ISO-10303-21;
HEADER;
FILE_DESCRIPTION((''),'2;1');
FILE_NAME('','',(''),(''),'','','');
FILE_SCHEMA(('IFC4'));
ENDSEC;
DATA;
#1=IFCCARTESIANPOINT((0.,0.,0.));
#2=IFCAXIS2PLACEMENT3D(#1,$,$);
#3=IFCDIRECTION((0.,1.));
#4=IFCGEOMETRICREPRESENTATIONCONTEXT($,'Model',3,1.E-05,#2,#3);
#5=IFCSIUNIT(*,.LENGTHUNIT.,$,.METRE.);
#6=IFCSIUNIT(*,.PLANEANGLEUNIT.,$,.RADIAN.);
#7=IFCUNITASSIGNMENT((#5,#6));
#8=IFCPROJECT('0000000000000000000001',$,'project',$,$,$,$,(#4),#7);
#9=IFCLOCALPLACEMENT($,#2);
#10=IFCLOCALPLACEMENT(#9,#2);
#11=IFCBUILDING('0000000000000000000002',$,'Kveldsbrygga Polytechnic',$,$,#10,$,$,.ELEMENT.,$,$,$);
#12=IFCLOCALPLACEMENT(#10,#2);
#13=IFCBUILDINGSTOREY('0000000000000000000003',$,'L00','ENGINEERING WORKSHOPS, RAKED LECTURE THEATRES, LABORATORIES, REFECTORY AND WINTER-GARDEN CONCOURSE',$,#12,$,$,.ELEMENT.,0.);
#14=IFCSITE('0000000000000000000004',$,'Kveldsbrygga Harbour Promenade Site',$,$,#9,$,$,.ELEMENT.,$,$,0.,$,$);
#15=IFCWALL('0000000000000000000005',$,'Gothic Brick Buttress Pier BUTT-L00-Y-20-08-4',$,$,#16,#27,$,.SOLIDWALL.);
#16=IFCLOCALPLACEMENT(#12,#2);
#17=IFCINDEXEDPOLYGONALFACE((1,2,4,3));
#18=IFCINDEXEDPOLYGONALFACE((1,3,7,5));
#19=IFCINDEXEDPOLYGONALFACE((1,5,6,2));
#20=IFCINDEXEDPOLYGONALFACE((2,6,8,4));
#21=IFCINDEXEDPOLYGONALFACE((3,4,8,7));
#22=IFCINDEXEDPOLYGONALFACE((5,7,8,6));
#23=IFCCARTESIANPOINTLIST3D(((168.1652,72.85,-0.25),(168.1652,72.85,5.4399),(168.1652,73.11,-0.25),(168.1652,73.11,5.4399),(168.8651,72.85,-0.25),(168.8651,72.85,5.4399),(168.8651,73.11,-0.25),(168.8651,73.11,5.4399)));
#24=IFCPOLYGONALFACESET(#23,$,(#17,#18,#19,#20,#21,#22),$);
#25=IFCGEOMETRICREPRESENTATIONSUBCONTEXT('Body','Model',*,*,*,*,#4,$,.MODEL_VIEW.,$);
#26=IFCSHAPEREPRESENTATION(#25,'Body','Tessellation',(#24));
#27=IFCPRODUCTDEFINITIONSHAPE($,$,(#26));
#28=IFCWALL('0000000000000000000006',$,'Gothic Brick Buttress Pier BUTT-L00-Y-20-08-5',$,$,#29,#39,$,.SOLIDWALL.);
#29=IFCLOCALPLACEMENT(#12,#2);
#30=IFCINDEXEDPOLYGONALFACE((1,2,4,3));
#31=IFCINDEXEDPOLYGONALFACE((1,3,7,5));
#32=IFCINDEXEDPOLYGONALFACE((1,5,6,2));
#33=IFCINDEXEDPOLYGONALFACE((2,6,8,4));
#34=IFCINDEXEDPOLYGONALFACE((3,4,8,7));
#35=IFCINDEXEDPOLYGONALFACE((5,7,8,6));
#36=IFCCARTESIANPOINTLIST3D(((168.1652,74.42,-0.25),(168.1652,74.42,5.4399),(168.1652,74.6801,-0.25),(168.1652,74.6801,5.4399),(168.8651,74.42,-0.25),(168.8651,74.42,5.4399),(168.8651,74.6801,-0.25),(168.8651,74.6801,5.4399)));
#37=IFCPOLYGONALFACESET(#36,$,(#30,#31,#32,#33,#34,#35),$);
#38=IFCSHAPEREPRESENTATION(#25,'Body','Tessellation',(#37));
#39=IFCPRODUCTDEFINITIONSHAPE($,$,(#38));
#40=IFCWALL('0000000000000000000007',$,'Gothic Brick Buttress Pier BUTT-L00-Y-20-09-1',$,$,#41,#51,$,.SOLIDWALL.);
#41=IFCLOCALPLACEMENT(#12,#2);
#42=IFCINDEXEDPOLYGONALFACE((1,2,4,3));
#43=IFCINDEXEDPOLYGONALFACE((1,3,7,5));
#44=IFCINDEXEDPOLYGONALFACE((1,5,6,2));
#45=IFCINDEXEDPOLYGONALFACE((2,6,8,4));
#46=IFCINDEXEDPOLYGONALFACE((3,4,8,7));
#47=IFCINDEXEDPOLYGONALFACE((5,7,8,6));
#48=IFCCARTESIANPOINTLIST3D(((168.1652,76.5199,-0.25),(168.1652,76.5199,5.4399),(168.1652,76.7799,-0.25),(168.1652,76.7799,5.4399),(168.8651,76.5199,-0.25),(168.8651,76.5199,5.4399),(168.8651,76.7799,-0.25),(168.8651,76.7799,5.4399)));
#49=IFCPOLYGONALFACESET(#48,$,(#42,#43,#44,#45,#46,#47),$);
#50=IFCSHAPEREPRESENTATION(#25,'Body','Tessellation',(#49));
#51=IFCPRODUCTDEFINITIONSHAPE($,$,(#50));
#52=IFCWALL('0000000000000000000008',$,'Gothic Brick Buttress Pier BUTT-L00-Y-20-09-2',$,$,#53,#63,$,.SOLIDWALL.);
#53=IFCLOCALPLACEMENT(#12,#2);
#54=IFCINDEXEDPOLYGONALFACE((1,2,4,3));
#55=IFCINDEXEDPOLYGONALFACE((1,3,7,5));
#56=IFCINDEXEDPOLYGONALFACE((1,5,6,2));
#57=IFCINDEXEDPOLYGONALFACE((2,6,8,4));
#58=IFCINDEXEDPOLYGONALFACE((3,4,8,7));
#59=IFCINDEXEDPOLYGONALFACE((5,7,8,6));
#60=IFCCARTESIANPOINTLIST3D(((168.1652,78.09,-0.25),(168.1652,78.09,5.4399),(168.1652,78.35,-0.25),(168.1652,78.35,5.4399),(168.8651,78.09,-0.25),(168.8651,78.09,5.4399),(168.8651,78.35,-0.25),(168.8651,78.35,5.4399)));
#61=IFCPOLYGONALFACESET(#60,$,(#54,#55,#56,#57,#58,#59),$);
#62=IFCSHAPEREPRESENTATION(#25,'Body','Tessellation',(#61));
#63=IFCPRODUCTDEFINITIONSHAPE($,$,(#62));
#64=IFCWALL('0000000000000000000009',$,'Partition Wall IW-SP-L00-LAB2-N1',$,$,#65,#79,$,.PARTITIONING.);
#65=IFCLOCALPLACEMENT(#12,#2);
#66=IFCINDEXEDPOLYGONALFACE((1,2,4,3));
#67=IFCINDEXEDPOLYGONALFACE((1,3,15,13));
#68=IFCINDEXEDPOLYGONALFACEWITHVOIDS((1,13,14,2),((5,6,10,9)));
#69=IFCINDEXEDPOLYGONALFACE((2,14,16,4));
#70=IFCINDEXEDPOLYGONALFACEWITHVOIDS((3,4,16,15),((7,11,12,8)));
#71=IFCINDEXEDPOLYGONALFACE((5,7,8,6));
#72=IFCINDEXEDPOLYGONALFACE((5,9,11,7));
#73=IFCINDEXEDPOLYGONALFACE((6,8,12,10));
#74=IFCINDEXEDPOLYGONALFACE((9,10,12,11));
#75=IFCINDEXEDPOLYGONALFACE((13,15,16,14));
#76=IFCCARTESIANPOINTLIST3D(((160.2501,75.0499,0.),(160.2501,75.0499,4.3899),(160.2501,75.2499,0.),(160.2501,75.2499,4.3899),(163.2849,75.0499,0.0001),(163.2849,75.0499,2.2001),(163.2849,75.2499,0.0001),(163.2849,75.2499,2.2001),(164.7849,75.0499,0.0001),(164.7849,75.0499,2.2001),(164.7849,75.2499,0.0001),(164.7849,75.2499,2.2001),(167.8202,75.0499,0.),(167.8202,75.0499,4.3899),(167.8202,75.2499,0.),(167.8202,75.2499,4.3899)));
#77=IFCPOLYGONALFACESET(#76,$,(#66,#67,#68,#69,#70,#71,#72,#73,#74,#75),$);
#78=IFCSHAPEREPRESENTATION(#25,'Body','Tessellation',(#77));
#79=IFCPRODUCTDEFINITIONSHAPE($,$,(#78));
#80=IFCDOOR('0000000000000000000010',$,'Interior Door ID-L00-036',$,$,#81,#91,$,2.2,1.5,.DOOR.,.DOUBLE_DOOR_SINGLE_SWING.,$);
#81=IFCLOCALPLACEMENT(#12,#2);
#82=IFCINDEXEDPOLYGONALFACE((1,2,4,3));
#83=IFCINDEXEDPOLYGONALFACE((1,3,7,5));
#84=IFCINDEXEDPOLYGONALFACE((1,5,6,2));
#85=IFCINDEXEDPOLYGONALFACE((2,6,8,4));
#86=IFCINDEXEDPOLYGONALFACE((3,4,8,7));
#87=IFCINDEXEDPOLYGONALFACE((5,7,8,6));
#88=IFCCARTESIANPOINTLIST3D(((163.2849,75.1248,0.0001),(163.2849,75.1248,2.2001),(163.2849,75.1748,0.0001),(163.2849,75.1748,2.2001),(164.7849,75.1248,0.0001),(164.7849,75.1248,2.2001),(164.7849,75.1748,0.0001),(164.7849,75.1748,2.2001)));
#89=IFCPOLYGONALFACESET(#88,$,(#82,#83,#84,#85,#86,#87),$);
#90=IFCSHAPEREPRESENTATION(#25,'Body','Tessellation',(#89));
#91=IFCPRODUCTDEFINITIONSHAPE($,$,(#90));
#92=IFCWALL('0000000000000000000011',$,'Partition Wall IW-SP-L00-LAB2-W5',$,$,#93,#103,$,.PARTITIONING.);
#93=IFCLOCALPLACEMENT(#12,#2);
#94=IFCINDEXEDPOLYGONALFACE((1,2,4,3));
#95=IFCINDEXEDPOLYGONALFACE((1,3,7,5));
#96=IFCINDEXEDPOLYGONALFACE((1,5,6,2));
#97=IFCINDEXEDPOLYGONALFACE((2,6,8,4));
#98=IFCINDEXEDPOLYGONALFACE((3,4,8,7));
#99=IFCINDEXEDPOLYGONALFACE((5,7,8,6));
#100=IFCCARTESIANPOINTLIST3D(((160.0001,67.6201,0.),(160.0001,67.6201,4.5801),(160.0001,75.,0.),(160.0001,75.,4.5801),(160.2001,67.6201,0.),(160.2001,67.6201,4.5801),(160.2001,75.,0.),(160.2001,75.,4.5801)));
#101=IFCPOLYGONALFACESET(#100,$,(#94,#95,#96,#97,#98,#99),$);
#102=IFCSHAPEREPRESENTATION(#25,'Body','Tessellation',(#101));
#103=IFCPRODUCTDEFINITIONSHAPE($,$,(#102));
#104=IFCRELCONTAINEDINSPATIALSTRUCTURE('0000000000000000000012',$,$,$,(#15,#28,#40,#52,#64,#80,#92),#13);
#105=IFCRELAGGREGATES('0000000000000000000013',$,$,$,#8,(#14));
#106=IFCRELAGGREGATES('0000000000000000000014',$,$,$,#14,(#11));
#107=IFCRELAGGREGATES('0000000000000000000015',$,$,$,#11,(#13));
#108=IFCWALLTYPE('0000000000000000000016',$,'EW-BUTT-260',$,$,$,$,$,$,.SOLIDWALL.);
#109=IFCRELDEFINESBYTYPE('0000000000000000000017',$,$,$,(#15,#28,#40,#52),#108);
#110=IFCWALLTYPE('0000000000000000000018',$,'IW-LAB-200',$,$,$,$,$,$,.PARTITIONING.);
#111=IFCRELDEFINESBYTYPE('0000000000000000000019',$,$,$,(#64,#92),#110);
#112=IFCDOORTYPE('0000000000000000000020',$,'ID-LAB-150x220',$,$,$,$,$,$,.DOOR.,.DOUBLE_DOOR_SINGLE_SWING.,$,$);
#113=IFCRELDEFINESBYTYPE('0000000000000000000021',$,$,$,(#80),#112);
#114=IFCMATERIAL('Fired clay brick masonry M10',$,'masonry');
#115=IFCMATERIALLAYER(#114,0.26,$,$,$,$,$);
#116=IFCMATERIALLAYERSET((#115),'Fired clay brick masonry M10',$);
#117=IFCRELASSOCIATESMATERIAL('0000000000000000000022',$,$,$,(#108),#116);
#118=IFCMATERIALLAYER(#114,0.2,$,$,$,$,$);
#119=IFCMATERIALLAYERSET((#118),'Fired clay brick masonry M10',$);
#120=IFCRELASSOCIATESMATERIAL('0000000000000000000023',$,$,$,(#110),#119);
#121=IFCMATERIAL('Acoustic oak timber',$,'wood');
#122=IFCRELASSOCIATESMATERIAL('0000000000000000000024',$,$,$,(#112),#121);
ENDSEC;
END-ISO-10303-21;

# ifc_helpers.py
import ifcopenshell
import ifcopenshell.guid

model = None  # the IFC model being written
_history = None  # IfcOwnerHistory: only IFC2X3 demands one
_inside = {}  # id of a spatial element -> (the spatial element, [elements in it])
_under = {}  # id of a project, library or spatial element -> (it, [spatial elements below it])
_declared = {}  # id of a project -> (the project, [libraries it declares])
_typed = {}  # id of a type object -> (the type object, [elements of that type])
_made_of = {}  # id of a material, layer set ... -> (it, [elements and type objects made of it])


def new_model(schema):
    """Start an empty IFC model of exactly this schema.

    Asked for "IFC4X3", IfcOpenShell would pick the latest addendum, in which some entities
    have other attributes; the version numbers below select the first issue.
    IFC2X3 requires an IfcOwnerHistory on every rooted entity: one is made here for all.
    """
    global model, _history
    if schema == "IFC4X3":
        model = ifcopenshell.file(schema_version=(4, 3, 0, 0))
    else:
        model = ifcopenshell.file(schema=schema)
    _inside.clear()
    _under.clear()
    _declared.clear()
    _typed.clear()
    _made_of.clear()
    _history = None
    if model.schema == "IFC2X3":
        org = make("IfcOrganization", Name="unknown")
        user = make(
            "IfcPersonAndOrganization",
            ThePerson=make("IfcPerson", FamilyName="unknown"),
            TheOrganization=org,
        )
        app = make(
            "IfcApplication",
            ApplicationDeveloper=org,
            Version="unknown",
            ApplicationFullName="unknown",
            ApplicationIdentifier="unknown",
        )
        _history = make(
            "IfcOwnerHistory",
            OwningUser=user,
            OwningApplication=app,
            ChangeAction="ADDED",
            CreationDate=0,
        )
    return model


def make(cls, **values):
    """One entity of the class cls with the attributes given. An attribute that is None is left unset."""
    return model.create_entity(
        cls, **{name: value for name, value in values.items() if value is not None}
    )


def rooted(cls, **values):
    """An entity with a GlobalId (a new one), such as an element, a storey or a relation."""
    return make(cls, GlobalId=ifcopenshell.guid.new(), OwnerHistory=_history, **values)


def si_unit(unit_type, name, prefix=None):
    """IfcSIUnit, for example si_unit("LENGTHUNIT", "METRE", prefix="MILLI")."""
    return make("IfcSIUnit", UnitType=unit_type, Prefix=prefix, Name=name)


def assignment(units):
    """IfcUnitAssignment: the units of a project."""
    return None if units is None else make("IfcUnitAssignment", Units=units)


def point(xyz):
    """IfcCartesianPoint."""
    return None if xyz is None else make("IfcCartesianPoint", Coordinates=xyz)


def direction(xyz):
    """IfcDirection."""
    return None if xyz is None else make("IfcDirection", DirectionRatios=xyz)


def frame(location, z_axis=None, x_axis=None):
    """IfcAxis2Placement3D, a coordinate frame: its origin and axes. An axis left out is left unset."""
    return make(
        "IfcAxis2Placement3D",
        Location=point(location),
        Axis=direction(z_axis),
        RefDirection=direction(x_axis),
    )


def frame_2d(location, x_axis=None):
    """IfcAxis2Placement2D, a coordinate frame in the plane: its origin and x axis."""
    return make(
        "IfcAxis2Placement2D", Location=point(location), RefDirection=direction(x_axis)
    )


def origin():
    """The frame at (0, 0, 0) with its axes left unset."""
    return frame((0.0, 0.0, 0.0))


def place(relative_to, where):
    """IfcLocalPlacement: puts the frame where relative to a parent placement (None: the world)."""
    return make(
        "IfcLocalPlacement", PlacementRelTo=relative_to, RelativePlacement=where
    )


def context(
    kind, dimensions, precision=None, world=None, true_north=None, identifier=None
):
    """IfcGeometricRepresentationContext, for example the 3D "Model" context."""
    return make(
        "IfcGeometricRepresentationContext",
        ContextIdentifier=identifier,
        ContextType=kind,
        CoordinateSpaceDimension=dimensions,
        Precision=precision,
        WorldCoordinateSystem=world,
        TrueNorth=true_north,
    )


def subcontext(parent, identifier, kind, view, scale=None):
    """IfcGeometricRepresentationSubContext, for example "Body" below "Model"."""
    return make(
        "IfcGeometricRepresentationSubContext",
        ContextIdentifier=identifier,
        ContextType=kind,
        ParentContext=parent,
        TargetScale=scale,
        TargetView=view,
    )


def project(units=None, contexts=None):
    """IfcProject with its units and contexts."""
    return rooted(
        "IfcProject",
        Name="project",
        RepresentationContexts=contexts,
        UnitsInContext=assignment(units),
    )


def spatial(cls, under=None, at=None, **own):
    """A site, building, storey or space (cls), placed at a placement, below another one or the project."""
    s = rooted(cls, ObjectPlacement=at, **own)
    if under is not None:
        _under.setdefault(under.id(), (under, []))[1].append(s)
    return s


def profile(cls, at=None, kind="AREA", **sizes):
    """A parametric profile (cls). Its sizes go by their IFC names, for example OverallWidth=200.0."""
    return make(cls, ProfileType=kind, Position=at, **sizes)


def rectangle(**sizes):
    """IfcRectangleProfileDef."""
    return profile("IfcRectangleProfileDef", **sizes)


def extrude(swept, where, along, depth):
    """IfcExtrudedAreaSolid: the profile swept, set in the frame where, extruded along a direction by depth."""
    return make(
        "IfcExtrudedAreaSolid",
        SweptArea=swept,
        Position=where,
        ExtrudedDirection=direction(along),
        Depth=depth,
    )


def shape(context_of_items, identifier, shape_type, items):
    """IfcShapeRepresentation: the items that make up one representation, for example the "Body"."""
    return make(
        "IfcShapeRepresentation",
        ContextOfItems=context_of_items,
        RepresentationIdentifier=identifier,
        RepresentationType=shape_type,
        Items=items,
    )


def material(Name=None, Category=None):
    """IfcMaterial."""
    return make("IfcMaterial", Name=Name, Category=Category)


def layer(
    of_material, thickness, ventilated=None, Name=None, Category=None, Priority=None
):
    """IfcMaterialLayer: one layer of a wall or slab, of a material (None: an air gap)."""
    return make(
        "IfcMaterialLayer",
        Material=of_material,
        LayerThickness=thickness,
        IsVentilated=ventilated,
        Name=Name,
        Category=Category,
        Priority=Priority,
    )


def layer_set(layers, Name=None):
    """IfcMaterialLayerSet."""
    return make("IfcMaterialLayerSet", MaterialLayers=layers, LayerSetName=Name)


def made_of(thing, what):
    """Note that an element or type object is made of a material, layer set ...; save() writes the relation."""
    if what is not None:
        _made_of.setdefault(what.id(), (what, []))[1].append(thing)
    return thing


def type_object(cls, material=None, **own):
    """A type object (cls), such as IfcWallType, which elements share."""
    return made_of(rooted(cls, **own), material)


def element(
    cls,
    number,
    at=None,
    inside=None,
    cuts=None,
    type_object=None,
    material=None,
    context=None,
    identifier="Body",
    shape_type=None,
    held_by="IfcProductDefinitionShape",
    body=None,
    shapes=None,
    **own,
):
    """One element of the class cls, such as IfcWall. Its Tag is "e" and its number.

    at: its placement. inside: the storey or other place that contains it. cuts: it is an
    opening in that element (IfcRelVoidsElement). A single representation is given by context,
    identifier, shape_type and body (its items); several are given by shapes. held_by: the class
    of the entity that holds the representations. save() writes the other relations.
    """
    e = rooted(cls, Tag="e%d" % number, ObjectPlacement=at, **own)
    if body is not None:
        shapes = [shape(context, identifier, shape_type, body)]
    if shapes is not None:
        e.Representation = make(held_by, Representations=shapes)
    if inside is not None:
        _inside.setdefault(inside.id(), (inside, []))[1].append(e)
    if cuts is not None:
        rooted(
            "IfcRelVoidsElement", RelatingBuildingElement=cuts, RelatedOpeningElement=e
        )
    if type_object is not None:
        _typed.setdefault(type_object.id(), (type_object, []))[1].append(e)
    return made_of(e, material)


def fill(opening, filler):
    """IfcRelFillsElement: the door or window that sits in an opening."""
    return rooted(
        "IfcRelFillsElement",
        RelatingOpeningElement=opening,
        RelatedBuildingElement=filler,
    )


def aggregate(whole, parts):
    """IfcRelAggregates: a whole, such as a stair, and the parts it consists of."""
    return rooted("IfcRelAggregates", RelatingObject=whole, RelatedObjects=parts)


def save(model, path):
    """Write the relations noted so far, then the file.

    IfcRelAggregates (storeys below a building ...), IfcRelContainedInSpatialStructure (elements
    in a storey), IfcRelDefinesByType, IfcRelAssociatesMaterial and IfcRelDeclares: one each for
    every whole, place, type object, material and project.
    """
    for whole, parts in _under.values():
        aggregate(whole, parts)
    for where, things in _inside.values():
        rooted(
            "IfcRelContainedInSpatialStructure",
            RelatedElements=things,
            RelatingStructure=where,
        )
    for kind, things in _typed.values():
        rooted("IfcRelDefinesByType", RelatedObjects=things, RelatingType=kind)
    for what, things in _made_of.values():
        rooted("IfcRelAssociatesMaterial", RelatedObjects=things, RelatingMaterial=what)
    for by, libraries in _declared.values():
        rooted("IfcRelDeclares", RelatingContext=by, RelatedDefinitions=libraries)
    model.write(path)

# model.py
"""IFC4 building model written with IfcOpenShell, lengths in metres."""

from ifc_helpers import new_model, si_unit, direction, frame, frame_2d, origin, place, context, subcontext, project, spatial, rectangle, extrude, material, layer, layer_set, type_object, element, fill, save


model = new_model("IFC4")

# Units and contexts
model_context = context("Model", 3, precision=1e-05, world=origin(), true_north=direction((0.0, 1.0)))
body_context = subcontext(model_context, "Body", "Model", "MODEL_VIEW")
ifc_project = project(units=[si_unit("LENGTHUNIT", "METRE"), si_unit("PLANEANGLEUNIT", "RADIAN")], contexts=[model_context])

# Site, building, storey
site_placement = place(None, origin())
site = spatial("IfcSite", under=ifc_project, at=site_placement, Name="Kveldsbrygga Harbour Promenade Site", CompositionType="ELEMENT", RefElevation=0.0)
building_placement = place(site_placement, origin())
building = spatial("IfcBuilding", under=site, at=building_placement, Name="Kveldsbrygga Polytechnic", CompositionType="ELEMENT")
storey_placement = place(building_placement, origin())
storey = spatial("IfcBuildingStorey", under=building, at=storey_placement, Name="L00", Description="ENGINEERING WORKSHOPS, RAKED LECTURE THEATRES, LABORATORIES, REFECTORY AND WINTER-GARDEN CONCOURSE", CompositionType="ELEMENT", Elevation=0.0)

# Shared definitions
ifc_material_1 = material(Name="Fired clay brick masonry M10", Category="masonry")

# Walls
ifc_layer_1 = layer(ifc_material_1, 0.26)
ifc_layer_set_1 = layer_set([ifc_layer_1], Name="Fired clay brick masonry M10")
wall_type_1 = type_object("IfcWallType", Name="EW-BUTT-260", PredefinedType="SOLIDWALL", material=ifc_layer_set_1)
for number, where, z_axis, x_axis, name in (
    (1, (168.165, 72.98, -0.25), (0.0, 0.0, 1.0), (1.0, 0.0, 0.0), "Gothic Brick Buttress Pier BUTT-L00-Y-20-08-4"),
    (2, (168.165, 74.55, -0.25), (0.0, 0.0, 1.0), (1.0, 0.0, 0.0), "Gothic Brick Buttress Pier BUTT-L00-Y-20-08-5"),
    (3, (168.165, 76.6499, -0.25), (0.0, 0.0, 1.0), (1.0, 0.0, 0.0), "Gothic Brick Buttress Pier BUTT-L00-Y-20-09-1"),
    (4, (168.165, 78.22, -0.25), (0.0, 0.0, 1.0), (1.0, 0.0, 0.0), "Gothic Brick Buttress Pier BUTT-L00-Y-20-09-2"),
):
    element("IfcWall", number, at=place(storey_placement, frame(where, z_axis=z_axis, x_axis=x_axis)), inside=storey, type_object=wall_type_1, Name=name, PredefinedType="SOLIDWALL", context=body_context, shape_type="SweptSolid", body=[
        extrude(rectangle(XDim=0.7, YDim=0.26, at=frame_2d((0.3501, 0.0))), origin(), (0.0, 0.0, 1.0), 5.6899),
    ])

# Wall, opening, door
ifc_layer_2 = layer(ifc_material_1, 0.2)
ifc_layer_set_2 = layer_set([ifc_layer_2], Name="Fired clay brick masonry M10")
wall_type_2 = type_object("IfcWallType", Name="IW-LAB-200", PredefinedType="PARTITIONING", material=ifc_layer_set_2)
wall_1_placement = place(storey_placement, frame((160.25, 75.1499, 0.0), z_axis=(0.0, 0.0, 1.0), x_axis=(1.0, 0.0, 0.0)))
wall_1 = element("IfcWall", 5, at=wall_1_placement, inside=storey, type_object=wall_type_2, Name="Partition Wall IW-SP-L00-LAB2-N1", PredefinedType="PARTITIONING", context=body_context, shape_type="SweptSolid", body=[
    extrude(rectangle(XDim=7.5701, YDim=0.2, at=frame_2d((3.7852, 0.0))), origin(), (0.0, 0.0, 1.0), 4.3899),
])
opening_1_placement = place(wall_1_placement, frame((3.0349, 0.0, 0.0)))
opening_1 = element("IfcOpeningElement", 6, at=opening_1_placement, cuts=wall_1, PredefinedType="OPENING", context=body_context, shape_type="SweptSolid", body=[
    extrude(rectangle(XDim=1.5, YDim=2.2, at=frame_2d((0.75, 1.1001))), frame((0.0, 0.1099, 0.0), z_axis=(0.0, -1.0, 0.0), x_axis=(1.0, 0.0, 0.0)), (0.0, 0.0, 1.0), 0.22),
])
ifc_material_2 = material(Name="Acoustic oak timber", Category="wood")
door_type_1 = type_object("IfcDoorType", Name="ID-LAB-150x220", OperationType="DOUBLE_DOOR_SINGLE_SWING", PredefinedType="DOOR", material=ifc_material_2)
door_1_placement = place(opening_1_placement, origin())
door_1 = element("IfcDoor", 7, at=door_1_placement, inside=storey, type_object=door_type_1, Name="Interior Door ID-L00-036", OperationType="DOUBLE_DOOR_SINGLE_SWING", OverallHeight=2.2, OverallWidth=1.5, PredefinedType="DOOR", context=body_context, shape_type="SweptSolid", body=[
    extrude(rectangle(XDim=1.5, YDim=2.2, at=frame_2d((0.75, 1.1001))), frame((0.0, 0.0249, 0.0), z_axis=(0.0, -1.0, 0.0), x_axis=(1.0, 0.0, 0.0)), (0.0, 0.0, 1.0), 0.05),
])
fill(opening_1, door_1)

# Wall
wall_2_placement = place(storey_placement, frame((160.1001, 67.6201, 0.0), z_axis=(0.0, 0.0, 1.0), x_axis=(0.0, 1.0, 0.0)))
element("IfcWall", 8, at=wall_2_placement, inside=storey, type_object=wall_type_2, Name="Partition Wall IW-SP-L00-LAB2-W5", PredefinedType="PARTITIONING", context=body_context, shape_type="SweptSolid", body=[
    extrude(rectangle(XDim=7.3799, YDim=0.2, at=frame_2d((3.6899, 0.0))), origin(), (0.0, 0.0, 1.0), 4.5801),
])

save(model, "model.ifc")
